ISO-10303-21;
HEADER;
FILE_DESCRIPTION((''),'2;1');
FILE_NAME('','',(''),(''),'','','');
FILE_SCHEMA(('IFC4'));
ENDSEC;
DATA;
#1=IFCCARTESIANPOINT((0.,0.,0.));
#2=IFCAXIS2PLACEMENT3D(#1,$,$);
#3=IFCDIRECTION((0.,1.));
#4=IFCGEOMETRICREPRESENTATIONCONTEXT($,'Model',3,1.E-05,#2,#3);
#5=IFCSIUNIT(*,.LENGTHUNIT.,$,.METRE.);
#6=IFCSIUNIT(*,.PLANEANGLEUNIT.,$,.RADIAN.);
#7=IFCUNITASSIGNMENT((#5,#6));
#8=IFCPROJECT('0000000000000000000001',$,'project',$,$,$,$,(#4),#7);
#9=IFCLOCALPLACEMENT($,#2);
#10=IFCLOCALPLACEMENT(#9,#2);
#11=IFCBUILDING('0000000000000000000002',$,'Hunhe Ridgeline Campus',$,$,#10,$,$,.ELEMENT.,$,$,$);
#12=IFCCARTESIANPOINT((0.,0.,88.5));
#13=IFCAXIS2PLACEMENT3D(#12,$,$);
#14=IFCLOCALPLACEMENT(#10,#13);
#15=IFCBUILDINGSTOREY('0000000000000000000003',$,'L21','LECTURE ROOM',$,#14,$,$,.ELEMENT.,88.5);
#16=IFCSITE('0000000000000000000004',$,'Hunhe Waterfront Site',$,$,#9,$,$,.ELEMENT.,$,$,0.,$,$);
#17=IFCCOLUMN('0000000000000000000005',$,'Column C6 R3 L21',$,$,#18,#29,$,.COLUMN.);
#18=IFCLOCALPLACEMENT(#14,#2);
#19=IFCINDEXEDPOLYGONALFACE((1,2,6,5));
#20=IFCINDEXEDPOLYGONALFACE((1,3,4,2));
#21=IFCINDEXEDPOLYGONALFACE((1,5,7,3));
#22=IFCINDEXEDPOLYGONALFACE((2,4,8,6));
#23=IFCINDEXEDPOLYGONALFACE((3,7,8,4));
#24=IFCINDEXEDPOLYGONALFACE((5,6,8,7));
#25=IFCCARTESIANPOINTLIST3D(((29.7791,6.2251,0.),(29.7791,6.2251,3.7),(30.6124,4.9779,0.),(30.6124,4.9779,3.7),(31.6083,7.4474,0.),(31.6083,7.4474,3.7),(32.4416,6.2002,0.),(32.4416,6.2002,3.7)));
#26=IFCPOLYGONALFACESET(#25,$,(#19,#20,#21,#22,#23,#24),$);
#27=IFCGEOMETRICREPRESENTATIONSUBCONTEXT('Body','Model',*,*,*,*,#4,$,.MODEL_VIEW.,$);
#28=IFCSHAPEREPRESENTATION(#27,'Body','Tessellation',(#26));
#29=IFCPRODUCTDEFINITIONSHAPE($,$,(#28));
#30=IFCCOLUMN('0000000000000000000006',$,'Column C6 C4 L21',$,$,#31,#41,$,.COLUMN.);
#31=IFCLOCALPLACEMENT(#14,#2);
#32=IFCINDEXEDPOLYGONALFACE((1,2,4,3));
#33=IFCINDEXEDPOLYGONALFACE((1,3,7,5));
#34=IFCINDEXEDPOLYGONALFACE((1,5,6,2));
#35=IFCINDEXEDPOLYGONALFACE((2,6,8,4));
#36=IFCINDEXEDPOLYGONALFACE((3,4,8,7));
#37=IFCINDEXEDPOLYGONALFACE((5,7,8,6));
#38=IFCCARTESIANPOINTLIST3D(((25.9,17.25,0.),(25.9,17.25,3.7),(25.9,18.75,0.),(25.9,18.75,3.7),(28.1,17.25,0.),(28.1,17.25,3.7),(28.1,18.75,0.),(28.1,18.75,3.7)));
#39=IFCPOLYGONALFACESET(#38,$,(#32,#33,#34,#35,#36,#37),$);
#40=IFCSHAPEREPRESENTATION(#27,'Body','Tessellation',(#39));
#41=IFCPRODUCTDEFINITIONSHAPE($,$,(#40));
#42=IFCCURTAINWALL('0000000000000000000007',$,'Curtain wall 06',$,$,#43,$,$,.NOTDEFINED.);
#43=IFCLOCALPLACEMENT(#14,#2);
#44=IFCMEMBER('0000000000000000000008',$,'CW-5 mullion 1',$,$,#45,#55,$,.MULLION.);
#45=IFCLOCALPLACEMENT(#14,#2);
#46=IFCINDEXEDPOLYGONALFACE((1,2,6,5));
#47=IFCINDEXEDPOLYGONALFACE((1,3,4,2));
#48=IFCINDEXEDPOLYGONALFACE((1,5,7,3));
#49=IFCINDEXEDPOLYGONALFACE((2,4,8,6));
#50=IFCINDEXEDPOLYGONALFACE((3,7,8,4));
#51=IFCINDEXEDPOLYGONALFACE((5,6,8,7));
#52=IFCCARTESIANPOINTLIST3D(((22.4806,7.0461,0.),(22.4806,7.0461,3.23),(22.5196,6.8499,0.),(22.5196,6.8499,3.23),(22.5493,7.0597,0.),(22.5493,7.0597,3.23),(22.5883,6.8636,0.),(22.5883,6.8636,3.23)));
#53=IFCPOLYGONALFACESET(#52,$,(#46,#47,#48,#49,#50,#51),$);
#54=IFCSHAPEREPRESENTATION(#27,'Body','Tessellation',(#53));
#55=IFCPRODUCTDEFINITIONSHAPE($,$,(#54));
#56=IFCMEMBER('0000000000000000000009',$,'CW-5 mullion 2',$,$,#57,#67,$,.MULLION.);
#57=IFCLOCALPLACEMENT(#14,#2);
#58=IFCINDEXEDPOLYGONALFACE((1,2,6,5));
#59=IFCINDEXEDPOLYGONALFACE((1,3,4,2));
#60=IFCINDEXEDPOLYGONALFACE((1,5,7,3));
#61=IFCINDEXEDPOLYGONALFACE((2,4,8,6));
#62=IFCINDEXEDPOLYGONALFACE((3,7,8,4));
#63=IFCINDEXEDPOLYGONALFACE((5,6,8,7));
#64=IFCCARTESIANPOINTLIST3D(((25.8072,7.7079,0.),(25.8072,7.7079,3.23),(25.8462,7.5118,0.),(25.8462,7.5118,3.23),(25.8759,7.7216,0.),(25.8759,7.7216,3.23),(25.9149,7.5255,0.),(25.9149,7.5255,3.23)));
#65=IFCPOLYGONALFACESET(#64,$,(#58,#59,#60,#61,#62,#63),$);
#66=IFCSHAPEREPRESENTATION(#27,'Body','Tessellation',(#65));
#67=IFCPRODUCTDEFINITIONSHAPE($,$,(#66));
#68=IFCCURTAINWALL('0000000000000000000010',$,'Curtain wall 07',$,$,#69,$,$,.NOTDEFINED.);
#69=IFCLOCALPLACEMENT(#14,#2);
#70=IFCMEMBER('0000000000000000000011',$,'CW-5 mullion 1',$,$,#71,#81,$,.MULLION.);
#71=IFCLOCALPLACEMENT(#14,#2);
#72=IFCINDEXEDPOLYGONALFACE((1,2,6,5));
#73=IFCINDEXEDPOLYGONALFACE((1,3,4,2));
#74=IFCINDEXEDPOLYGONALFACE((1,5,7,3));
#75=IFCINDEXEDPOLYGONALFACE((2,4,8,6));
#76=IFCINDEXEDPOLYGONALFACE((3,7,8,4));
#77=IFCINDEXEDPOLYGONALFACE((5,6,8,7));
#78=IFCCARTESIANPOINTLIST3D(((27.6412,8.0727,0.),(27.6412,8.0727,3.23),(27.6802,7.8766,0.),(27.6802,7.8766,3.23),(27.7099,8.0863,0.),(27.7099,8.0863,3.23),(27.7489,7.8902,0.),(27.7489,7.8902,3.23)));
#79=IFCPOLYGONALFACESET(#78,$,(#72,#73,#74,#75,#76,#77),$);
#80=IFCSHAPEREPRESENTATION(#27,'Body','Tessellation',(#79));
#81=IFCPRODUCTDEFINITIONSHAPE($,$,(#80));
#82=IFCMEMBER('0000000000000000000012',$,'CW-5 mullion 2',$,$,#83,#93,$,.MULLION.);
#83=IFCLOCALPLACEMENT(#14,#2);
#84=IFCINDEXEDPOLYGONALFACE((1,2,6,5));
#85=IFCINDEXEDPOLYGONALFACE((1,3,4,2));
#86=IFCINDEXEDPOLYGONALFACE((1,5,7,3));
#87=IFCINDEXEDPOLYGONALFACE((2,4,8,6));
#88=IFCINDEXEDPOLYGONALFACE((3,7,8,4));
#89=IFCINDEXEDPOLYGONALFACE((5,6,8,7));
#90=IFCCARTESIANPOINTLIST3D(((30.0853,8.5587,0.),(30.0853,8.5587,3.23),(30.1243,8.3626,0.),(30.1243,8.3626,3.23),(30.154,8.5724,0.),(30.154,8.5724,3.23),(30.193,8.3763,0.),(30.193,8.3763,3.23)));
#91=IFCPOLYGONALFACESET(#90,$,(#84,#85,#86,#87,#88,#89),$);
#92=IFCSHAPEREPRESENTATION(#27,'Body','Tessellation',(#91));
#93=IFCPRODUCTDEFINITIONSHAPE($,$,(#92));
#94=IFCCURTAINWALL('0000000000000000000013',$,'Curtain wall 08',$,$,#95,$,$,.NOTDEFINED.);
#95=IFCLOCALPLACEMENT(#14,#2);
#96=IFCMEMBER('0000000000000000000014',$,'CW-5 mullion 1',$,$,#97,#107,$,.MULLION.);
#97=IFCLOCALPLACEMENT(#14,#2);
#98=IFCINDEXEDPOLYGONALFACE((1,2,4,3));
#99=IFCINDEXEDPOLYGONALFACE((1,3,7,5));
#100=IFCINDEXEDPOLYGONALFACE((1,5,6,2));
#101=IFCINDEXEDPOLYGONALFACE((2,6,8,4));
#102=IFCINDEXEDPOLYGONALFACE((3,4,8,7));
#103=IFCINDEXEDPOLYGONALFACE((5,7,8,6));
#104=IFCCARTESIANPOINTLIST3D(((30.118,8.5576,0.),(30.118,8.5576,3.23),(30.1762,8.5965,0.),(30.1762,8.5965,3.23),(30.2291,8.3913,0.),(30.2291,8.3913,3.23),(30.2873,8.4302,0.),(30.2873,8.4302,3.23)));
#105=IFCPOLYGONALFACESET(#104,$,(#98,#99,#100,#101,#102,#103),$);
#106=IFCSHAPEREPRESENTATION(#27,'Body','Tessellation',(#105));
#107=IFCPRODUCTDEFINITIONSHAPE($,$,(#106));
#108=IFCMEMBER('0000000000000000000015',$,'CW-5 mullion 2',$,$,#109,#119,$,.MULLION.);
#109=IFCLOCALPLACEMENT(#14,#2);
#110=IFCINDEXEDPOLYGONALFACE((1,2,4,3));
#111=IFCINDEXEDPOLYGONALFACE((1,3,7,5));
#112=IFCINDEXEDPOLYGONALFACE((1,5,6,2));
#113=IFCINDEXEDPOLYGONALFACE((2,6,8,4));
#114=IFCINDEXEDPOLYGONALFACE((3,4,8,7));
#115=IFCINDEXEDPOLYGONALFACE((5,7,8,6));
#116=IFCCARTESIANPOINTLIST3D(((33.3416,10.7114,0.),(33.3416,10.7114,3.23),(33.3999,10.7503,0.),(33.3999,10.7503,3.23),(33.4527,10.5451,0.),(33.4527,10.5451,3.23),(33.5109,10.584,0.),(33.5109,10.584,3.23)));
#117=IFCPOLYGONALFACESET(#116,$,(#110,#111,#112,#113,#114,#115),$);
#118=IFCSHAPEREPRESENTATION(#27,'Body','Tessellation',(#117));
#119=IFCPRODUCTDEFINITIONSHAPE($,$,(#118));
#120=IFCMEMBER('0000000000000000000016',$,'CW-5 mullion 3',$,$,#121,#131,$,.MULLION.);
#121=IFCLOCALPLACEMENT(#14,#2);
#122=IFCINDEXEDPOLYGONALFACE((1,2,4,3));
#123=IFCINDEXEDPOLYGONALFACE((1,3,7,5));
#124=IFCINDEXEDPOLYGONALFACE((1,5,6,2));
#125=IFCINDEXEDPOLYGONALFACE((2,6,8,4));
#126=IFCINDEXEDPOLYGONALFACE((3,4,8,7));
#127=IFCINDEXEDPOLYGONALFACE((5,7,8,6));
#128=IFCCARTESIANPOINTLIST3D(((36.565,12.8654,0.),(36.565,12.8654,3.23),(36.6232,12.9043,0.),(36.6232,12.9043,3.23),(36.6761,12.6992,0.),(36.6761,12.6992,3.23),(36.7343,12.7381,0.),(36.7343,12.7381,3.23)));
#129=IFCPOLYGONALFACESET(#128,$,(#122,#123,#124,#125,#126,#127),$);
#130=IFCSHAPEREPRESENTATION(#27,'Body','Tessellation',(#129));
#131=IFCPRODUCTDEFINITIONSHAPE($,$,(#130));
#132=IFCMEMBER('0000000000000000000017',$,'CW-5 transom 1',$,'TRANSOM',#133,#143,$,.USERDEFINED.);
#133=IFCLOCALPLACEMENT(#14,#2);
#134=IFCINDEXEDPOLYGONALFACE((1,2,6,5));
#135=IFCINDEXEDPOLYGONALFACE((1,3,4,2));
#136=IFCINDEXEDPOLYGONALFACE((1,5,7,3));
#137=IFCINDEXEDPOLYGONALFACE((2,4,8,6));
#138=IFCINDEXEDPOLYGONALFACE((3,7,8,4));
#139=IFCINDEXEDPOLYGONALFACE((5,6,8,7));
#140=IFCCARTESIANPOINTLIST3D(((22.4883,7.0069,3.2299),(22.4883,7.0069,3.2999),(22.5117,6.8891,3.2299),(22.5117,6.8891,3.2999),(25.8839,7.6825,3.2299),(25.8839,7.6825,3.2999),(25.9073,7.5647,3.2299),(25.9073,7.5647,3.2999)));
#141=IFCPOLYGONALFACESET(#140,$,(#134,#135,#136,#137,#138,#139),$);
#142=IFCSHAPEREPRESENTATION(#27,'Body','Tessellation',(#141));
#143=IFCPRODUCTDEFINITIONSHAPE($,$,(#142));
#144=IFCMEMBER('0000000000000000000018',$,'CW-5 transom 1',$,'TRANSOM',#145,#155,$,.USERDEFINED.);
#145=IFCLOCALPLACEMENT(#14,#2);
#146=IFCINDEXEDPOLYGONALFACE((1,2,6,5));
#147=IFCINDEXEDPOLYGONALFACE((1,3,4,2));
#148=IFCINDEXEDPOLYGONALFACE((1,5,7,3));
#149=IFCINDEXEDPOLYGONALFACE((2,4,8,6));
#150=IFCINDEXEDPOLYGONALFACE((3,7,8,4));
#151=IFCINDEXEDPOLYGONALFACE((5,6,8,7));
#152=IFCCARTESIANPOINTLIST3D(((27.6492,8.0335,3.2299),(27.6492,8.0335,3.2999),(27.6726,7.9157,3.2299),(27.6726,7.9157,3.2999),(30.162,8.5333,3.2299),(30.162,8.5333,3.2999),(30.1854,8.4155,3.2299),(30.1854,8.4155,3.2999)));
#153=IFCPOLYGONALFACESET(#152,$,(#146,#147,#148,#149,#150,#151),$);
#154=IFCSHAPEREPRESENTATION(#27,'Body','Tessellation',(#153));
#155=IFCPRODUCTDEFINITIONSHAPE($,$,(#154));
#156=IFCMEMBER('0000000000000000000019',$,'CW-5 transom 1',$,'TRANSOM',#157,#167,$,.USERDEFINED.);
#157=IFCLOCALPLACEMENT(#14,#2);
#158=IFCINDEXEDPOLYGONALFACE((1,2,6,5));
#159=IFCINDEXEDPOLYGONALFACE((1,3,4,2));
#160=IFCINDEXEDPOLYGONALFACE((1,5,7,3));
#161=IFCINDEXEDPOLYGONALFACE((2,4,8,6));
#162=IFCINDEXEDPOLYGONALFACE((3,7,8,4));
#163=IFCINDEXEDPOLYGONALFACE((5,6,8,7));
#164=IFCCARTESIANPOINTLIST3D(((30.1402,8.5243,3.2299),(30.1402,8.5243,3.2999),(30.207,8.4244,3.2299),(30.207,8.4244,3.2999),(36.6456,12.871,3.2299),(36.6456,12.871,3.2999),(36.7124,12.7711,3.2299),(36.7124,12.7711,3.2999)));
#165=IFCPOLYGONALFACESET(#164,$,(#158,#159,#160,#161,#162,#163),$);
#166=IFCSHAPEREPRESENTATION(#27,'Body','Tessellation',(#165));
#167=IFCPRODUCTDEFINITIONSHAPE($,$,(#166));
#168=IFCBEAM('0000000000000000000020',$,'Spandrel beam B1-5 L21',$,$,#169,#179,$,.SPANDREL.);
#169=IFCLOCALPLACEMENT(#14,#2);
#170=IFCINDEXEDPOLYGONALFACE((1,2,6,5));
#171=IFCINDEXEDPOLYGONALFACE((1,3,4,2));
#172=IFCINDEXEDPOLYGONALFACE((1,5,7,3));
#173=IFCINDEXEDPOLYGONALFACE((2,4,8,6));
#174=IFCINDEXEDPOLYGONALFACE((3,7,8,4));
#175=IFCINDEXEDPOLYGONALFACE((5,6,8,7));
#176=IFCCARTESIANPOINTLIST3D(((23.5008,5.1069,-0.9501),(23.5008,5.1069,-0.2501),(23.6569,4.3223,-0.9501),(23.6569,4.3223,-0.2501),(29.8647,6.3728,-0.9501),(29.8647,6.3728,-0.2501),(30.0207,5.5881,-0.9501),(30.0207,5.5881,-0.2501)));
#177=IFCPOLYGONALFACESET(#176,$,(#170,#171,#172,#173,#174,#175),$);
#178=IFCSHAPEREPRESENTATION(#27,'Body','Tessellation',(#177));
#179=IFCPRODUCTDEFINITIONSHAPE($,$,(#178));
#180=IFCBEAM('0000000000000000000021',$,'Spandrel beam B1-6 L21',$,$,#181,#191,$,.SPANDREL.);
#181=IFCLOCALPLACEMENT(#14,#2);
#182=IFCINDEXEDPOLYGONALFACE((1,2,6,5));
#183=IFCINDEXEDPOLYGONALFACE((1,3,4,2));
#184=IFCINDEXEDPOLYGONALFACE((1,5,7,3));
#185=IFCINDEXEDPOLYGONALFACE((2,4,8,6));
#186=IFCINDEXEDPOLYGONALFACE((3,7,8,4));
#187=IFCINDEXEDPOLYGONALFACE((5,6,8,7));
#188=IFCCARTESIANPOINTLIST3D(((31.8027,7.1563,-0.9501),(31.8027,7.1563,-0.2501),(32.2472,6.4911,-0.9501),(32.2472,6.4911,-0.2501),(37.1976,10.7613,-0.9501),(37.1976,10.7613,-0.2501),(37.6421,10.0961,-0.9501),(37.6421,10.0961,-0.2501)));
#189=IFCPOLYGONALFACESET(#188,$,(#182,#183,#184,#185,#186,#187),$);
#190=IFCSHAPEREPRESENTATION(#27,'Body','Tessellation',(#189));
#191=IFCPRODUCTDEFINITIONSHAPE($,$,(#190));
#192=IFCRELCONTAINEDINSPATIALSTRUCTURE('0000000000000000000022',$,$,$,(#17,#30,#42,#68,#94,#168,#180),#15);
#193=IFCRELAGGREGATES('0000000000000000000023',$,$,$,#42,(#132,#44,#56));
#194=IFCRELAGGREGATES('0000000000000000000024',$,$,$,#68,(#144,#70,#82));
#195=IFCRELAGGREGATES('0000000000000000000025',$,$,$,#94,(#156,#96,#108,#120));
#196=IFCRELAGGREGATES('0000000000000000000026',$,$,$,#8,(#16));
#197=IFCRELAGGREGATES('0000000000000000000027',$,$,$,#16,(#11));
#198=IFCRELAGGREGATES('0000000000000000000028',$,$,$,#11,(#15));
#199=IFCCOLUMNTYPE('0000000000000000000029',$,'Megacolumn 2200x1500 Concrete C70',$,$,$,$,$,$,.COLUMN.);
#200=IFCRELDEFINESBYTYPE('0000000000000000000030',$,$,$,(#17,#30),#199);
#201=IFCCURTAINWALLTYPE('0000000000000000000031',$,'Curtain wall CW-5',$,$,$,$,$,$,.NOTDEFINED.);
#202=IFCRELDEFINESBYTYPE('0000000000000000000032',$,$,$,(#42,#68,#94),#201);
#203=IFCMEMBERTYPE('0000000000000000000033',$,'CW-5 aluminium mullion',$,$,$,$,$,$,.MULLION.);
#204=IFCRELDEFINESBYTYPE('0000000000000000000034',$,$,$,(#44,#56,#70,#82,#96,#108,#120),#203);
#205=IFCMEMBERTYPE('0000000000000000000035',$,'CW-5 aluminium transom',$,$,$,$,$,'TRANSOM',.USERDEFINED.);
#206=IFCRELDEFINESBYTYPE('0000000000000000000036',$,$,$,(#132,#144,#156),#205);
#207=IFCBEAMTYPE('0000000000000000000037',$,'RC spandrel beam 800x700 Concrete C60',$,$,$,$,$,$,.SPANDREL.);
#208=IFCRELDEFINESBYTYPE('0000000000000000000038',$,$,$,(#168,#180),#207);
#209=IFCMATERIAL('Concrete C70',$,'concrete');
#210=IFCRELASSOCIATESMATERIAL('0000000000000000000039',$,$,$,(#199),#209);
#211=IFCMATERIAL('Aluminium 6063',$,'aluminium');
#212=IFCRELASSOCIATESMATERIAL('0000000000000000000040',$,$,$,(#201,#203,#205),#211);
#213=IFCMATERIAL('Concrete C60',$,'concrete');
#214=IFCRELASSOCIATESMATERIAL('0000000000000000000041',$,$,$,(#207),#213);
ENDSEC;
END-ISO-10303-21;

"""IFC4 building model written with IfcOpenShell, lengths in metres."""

from ifc_helpers import new_model, si_unit, direction, frame, origin, origin_2d, place, context, subcontext, project, spatial, rectangle, extrude, material, material_profile, profile_set, type_object, element, aggregate, save


model = new_model("IFC4")

# Units and contexts
model_context = context("Model", 3, precision=1e-05, world=origin(), true_north=direction((0.0, 1.0)))
body_context = subcontext(model_context, "Body", "Model", "MODEL_VIEW")
ifc_project = project(units=[si_unit("LENGTHUNIT", "METRE"), si_unit("PLANEANGLEUNIT", "RADIAN")], contexts=[model_context])

# Site, building, storey
site_placement = place(None, origin())
site = spatial("IfcSite", under=ifc_project, at=site_placement, Name="Hunhe Waterfront Site", CompositionType="ELEMENT", RefElevation=0.0)
building_placement = place(site_placement, origin())
building = spatial("IfcBuilding", under=site, at=building_placement, Name="Hunhe Ridgeline Campus", CompositionType="ELEMENT")
storey_placement = place(building_placement, frame((0.0, 0.0, 88.5)))
storey = spatial("IfcBuildingStorey", under=building, at=storey_placement, Name="L21", Description="LECTURE ROOM", CompositionType="ELEMENT", Elevation=88.5)

# Columns
ifc_material_1 = material(Name="Concrete C70", Category="concrete")
ifc_material_profile_1 = material_profile(ifc_material_1, rectangle(XDim=2.2, YDim=1.5, at=origin_2d()))
ifc_profile_set_1 = profile_set([ifc_material_profile_1], Name="Concrete C70")
column_type = type_object("IfcColumnType", Name="Megacolumn 2200x1500 Concrete C70", PredefinedType="COLUMN", material=ifc_profile_set_1)
for number, where, z_axis, x_axis, name in (
    (1, (31.1104, 6.2126, 0.0), (0.0, 0.0, 1.0), (0.83147, 0.55557, 0.0), "Column C6 R3 L21"),
    (2, (27.0, 18.0, 0.0), (0.0, 0.0, 1.0), (1.0, 0.0, 0.0), "Column C6 C4 L21"),
):
    element("IfcColumn", number, at=place(storey_placement, frame(where, z_axis=z_axis, x_axis=x_axis)), inside=storey, type_object=column_type, Name=name, PredefinedType="COLUMN", context=body_context, shape_type="SweptSolid", body=[
        extrude(rectangle(XDim=2.2, YDim=1.5, at=origin_2d()), origin(), (0.0, 0.0, 1.0), 3.7),
    ])

# Curtain walls, members
ifc_material_2 = material(Name="Aluminium 6063", Category="aluminium")
curtain_wall_type = type_object("IfcCurtainWallType", Name="Curtain wall CW-5", PredefinedType="NOTDEFINED", material=ifc_material_2)
curtain_wall_1_placement = place(storey_placement, origin())
curtain_wall_1 = element("IfcCurtainWall", 3, at=curtain_wall_1_placement, inside=storey, type_object=curtain_wall_type, Name="Curtain wall 06", PredefinedType="NOTDEFINED")
ifc_material_profile_2 = material_profile(ifc_material_2, rectangle(XDim=0.2, YDim=0.0701, at=origin_2d()))
ifc_profile_set_2 = profile_set([ifc_material_profile_2], Name="Aluminium 6063")
member_type_1 = type_object("IfcMemberType", Name="CW-5 aluminium mullion", PredefinedType="MULLION", material=ifc_profile_set_2)
member_1_placement = place(storey_placement, frame((22.5344, 6.9548, 0.0), z_axis=(0.0, 0.0, 1.0), x_axis=(-0.19509, 0.980785, 0.0)))
member_1 = element("IfcMember", 4, at=member_1_placement, type_object=member_type_1, Name="CW-5 mullion 1", PredefinedType="MULLION", context=body_context, shape_type="SweptSolid", body=[
    extrude(rectangle(XDim=0.2, YDim=0.0701, at=origin_2d()), origin(), (0.0, 0.0, 1.0), 3.23),
])
member_2_placement = place(storey_placement, frame((25.8611, 7.6167, 0.0), z_axis=(0.0, 0.0, 1.0), x_axis=(-0.19509, 0.980785, 0.0)))
member_2 = element("IfcMember", 5, at=member_2_placement, type_object=member_type_1, Name="CW-5 mullion 2", PredefinedType="MULLION", context=body_context, shape_type="SweptSolid", body=[
    extrude(rectangle(XDim=0.2, YDim=0.0701, at=origin_2d()), origin(), (0.0, 0.0, 1.0), 3.23),
])
curtain_wall_2_placement = place(storey_placement, origin())
curtain_wall_2 = element("IfcCurtainWall", 6, at=curtain_wall_2_placement, inside=storey, type_object=curtain_wall_type, Name="Curtain wall 07", PredefinedType="NOTDEFINED")
member_3_placement = place(storey_placement, frame((27.6951, 7.9814, 0.0), z_axis=(0.0, 0.0, 1.0), x_axis=(-0.195091, 0.980785, 0.0)))
member_3 = element("IfcMember", 7, at=member_3_placement, type_object=member_type_1, Name="CW-5 mullion 1", PredefinedType="MULLION", context=body_context, shape_type="SweptSolid", body=[
    extrude(rectangle(XDim=0.2, YDim=0.0701, at=origin_2d()), origin(), (0.0, 0.0, 1.0), 3.23),
])
member_4_placement = place(storey_placement, frame((30.1392, 8.4675, 0.0), z_axis=(0.0, 0.0, 1.0), x_axis=(-0.195091, 0.980785, 0.0)))
member_4 = element("IfcMember", 8, at=member_4_placement, type_object=member_type_1, Name="CW-5 mullion 2", PredefinedType="MULLION", context=body_context, shape_type="SweptSolid", body=[
    extrude(rectangle(XDim=0.2, YDim=0.0701, at=origin_2d()), origin(), (0.0, 0.0, 1.0), 3.23),
])
curtain_wall_3_placement = place(storey_placement, origin())
curtain_wall_3 = element("IfcCurtainWall", 9, at=curtain_wall_3_placement, inside=storey, type_object=curtain_wall_type, Name="Curtain wall 08", PredefinedType="NOTDEFINED")
member_5_placement = place(storey_placement, frame((30.2026, 8.4939, 0.0), z_axis=(0.0, 0.0, 1.0), x_axis=(-0.55557, 0.83147, 0.0)))
member_5 = element("IfcMember", 10, at=member_5_placement, type_object=member_type_1, Name="CW-5 mullion 1", PredefinedType="MULLION", context=body_context, shape_type="SweptSolid", body=[
    extrude(rectangle(XDim=0.2, YDim=0.0701, at=origin_2d()), origin(), (0.0, 0.0, 1.0), 3.23),
])
member_6_placement = place(storey_placement, frame((33.4263, 10.6477, 0.0), z_axis=(0.0, 0.0, 1.0), x_axis=(-0.55557, 0.83147, 0.0)))
member_6 = element("IfcMember", 11, at=member_6_placement, type_object=member_type_1, Name="CW-5 mullion 2", PredefinedType="MULLION", context=body_context, shape_type="SweptSolid", body=[
    extrude(rectangle(XDim=0.2, YDim=0.0701, at=origin_2d()), origin(), (0.0, 0.0, 1.0), 3.23),
])
member_7_placement = place(storey_placement, frame((36.6497, 12.8018, 0.0), z_axis=(0.0, 0.0, 1.0), x_axis=(-0.55557, 0.83147, 0.0)))
member_7 = element("IfcMember", 12, at=member_7_placement, type_object=member_type_1, Name="CW-5 mullion 3", PredefinedType="MULLION", context=body_context, shape_type="SweptSolid", body=[
    extrude(rectangle(XDim=0.2, YDim=0.0701, at=origin_2d()), origin(), (0.0, 0.0, 1.0), 3.23),
])

# Members
ifc_material_profile_3 = material_profile(ifc_material_2, rectangle(XDim=0.1201, YDim=0.0701, at=origin_2d()))
ifc_profile_set_3 = profile_set([ifc_material_profile_3], Name="Aluminium 6063")
member_type_2 = type_object("IfcMemberType", Name="CW-5 aluminium transom", ElementType="TRANSOM", PredefinedType="USERDEFINED", material=ifc_profile_set_3)
member_8_placement = place(storey_placement, frame((22.5, 6.948, 3.2649), z_axis=(0.980778, 0.195126, 0.0), x_axis=(-0.195126, 0.980778, 0.0)))
member_8 = element("IfcMember", 13, at=member_8_placement, type_object=member_type_2, Name="CW-5 transom 1", ObjectType="TRANSOM", PredefinedType="USERDEFINED", context=body_context, shape_type="SweptSolid", body=[
    extrude(rectangle(XDim=0.1201, YDim=0.0701, at=origin_2d()), origin(), (0.0, 0.0, 1.0), 3.4622),
])
member_9_placement = place(storey_placement, frame((27.6609, 7.9746, 3.2649), z_axis=(0.980789, 0.195071, 0.0), x_axis=(-0.195071, 0.980789, 0.0)))
member_9 = element("IfcMember", 14, at=member_9_placement, type_object=member_type_2, Name="CW-5 transom 1", ObjectType="TRANSOM", PredefinedType="USERDEFINED", context=body_context, shape_type="SweptSolid", body=[
    extrude(rectangle(XDim=0.1201, YDim=0.0701, at=origin_2d()), origin(), (0.0, 0.0, 1.0), 2.562),
])
member_10_placement = place(storey_placement, frame((30.1736, 8.4744, 3.2649), z_axis=(0.831474, 0.555564, 0.0), x_axis=(-0.555564, 0.831474, 0.0)))
member_10 = element("IfcMember", 15, at=member_10_placement, type_object=member_type_2, Name="CW-5 transom 1", ObjectType="TRANSOM", PredefinedType="USERDEFINED", context=body_context, shape_type="SweptSolid", body=[
    extrude(rectangle(XDim=0.1201, YDim=0.0701, at=origin_2d()), origin(), (0.0, 0.0, 1.0), 7.824),
])

# Beams
ifc_material_3 = material(Name="Concrete C60", Category="concrete")
ifc_material_profile_4 = material_profile(ifc_material_3, rectangle(XDim=0.8, YDim=0.7, at=origin_2d()))
ifc_profile_set_4 = profile_set([ifc_material_profile_4], Name="Concrete C60")
beam_type = type_object("IfcBeamType", Name="RC spandrel beam 800x700 Concrete C60", PredefinedType="SPANDREL", material=ifc_profile_set_4)
for number, where, z_axis, x_axis, name in (
    (16, (23.5789, 4.7146, -0.6001), (0.980784, 0.195096, 0.0), (-0.195096, 0.980784, 0.0), "Spandrel beam B1-5 L21"),
    (17, (32.0249, 6.8237, -0.6001), (0.831459, 0.555586, 0.0), (-0.555586, 0.831459, 0.0), "Spandrel beam B1-6 L21"),
):
    element("IfcBeam", number, at=place(storey_placement, frame(where, z_axis=z_axis, x_axis=x_axis)), inside=storey, type_object=beam_type, Name=name, PredefinedType="SPANDREL", context=body_context, shape_type="SweptSolid", body=[
        extrude(rectangle(XDim=0.8, YDim=0.7, at=origin_2d()), origin(), (0.0, 0.0, 1.0), 6.4885),
    ])

aggregate(curtain_wall_1, [member_8, member_1, member_2])
aggregate(curtain_wall_2, [member_9, member_3, member_4])
aggregate(curtain_wall_3, [member_10, member_5, member_6, member_7])

save(model, "model.ifc")
